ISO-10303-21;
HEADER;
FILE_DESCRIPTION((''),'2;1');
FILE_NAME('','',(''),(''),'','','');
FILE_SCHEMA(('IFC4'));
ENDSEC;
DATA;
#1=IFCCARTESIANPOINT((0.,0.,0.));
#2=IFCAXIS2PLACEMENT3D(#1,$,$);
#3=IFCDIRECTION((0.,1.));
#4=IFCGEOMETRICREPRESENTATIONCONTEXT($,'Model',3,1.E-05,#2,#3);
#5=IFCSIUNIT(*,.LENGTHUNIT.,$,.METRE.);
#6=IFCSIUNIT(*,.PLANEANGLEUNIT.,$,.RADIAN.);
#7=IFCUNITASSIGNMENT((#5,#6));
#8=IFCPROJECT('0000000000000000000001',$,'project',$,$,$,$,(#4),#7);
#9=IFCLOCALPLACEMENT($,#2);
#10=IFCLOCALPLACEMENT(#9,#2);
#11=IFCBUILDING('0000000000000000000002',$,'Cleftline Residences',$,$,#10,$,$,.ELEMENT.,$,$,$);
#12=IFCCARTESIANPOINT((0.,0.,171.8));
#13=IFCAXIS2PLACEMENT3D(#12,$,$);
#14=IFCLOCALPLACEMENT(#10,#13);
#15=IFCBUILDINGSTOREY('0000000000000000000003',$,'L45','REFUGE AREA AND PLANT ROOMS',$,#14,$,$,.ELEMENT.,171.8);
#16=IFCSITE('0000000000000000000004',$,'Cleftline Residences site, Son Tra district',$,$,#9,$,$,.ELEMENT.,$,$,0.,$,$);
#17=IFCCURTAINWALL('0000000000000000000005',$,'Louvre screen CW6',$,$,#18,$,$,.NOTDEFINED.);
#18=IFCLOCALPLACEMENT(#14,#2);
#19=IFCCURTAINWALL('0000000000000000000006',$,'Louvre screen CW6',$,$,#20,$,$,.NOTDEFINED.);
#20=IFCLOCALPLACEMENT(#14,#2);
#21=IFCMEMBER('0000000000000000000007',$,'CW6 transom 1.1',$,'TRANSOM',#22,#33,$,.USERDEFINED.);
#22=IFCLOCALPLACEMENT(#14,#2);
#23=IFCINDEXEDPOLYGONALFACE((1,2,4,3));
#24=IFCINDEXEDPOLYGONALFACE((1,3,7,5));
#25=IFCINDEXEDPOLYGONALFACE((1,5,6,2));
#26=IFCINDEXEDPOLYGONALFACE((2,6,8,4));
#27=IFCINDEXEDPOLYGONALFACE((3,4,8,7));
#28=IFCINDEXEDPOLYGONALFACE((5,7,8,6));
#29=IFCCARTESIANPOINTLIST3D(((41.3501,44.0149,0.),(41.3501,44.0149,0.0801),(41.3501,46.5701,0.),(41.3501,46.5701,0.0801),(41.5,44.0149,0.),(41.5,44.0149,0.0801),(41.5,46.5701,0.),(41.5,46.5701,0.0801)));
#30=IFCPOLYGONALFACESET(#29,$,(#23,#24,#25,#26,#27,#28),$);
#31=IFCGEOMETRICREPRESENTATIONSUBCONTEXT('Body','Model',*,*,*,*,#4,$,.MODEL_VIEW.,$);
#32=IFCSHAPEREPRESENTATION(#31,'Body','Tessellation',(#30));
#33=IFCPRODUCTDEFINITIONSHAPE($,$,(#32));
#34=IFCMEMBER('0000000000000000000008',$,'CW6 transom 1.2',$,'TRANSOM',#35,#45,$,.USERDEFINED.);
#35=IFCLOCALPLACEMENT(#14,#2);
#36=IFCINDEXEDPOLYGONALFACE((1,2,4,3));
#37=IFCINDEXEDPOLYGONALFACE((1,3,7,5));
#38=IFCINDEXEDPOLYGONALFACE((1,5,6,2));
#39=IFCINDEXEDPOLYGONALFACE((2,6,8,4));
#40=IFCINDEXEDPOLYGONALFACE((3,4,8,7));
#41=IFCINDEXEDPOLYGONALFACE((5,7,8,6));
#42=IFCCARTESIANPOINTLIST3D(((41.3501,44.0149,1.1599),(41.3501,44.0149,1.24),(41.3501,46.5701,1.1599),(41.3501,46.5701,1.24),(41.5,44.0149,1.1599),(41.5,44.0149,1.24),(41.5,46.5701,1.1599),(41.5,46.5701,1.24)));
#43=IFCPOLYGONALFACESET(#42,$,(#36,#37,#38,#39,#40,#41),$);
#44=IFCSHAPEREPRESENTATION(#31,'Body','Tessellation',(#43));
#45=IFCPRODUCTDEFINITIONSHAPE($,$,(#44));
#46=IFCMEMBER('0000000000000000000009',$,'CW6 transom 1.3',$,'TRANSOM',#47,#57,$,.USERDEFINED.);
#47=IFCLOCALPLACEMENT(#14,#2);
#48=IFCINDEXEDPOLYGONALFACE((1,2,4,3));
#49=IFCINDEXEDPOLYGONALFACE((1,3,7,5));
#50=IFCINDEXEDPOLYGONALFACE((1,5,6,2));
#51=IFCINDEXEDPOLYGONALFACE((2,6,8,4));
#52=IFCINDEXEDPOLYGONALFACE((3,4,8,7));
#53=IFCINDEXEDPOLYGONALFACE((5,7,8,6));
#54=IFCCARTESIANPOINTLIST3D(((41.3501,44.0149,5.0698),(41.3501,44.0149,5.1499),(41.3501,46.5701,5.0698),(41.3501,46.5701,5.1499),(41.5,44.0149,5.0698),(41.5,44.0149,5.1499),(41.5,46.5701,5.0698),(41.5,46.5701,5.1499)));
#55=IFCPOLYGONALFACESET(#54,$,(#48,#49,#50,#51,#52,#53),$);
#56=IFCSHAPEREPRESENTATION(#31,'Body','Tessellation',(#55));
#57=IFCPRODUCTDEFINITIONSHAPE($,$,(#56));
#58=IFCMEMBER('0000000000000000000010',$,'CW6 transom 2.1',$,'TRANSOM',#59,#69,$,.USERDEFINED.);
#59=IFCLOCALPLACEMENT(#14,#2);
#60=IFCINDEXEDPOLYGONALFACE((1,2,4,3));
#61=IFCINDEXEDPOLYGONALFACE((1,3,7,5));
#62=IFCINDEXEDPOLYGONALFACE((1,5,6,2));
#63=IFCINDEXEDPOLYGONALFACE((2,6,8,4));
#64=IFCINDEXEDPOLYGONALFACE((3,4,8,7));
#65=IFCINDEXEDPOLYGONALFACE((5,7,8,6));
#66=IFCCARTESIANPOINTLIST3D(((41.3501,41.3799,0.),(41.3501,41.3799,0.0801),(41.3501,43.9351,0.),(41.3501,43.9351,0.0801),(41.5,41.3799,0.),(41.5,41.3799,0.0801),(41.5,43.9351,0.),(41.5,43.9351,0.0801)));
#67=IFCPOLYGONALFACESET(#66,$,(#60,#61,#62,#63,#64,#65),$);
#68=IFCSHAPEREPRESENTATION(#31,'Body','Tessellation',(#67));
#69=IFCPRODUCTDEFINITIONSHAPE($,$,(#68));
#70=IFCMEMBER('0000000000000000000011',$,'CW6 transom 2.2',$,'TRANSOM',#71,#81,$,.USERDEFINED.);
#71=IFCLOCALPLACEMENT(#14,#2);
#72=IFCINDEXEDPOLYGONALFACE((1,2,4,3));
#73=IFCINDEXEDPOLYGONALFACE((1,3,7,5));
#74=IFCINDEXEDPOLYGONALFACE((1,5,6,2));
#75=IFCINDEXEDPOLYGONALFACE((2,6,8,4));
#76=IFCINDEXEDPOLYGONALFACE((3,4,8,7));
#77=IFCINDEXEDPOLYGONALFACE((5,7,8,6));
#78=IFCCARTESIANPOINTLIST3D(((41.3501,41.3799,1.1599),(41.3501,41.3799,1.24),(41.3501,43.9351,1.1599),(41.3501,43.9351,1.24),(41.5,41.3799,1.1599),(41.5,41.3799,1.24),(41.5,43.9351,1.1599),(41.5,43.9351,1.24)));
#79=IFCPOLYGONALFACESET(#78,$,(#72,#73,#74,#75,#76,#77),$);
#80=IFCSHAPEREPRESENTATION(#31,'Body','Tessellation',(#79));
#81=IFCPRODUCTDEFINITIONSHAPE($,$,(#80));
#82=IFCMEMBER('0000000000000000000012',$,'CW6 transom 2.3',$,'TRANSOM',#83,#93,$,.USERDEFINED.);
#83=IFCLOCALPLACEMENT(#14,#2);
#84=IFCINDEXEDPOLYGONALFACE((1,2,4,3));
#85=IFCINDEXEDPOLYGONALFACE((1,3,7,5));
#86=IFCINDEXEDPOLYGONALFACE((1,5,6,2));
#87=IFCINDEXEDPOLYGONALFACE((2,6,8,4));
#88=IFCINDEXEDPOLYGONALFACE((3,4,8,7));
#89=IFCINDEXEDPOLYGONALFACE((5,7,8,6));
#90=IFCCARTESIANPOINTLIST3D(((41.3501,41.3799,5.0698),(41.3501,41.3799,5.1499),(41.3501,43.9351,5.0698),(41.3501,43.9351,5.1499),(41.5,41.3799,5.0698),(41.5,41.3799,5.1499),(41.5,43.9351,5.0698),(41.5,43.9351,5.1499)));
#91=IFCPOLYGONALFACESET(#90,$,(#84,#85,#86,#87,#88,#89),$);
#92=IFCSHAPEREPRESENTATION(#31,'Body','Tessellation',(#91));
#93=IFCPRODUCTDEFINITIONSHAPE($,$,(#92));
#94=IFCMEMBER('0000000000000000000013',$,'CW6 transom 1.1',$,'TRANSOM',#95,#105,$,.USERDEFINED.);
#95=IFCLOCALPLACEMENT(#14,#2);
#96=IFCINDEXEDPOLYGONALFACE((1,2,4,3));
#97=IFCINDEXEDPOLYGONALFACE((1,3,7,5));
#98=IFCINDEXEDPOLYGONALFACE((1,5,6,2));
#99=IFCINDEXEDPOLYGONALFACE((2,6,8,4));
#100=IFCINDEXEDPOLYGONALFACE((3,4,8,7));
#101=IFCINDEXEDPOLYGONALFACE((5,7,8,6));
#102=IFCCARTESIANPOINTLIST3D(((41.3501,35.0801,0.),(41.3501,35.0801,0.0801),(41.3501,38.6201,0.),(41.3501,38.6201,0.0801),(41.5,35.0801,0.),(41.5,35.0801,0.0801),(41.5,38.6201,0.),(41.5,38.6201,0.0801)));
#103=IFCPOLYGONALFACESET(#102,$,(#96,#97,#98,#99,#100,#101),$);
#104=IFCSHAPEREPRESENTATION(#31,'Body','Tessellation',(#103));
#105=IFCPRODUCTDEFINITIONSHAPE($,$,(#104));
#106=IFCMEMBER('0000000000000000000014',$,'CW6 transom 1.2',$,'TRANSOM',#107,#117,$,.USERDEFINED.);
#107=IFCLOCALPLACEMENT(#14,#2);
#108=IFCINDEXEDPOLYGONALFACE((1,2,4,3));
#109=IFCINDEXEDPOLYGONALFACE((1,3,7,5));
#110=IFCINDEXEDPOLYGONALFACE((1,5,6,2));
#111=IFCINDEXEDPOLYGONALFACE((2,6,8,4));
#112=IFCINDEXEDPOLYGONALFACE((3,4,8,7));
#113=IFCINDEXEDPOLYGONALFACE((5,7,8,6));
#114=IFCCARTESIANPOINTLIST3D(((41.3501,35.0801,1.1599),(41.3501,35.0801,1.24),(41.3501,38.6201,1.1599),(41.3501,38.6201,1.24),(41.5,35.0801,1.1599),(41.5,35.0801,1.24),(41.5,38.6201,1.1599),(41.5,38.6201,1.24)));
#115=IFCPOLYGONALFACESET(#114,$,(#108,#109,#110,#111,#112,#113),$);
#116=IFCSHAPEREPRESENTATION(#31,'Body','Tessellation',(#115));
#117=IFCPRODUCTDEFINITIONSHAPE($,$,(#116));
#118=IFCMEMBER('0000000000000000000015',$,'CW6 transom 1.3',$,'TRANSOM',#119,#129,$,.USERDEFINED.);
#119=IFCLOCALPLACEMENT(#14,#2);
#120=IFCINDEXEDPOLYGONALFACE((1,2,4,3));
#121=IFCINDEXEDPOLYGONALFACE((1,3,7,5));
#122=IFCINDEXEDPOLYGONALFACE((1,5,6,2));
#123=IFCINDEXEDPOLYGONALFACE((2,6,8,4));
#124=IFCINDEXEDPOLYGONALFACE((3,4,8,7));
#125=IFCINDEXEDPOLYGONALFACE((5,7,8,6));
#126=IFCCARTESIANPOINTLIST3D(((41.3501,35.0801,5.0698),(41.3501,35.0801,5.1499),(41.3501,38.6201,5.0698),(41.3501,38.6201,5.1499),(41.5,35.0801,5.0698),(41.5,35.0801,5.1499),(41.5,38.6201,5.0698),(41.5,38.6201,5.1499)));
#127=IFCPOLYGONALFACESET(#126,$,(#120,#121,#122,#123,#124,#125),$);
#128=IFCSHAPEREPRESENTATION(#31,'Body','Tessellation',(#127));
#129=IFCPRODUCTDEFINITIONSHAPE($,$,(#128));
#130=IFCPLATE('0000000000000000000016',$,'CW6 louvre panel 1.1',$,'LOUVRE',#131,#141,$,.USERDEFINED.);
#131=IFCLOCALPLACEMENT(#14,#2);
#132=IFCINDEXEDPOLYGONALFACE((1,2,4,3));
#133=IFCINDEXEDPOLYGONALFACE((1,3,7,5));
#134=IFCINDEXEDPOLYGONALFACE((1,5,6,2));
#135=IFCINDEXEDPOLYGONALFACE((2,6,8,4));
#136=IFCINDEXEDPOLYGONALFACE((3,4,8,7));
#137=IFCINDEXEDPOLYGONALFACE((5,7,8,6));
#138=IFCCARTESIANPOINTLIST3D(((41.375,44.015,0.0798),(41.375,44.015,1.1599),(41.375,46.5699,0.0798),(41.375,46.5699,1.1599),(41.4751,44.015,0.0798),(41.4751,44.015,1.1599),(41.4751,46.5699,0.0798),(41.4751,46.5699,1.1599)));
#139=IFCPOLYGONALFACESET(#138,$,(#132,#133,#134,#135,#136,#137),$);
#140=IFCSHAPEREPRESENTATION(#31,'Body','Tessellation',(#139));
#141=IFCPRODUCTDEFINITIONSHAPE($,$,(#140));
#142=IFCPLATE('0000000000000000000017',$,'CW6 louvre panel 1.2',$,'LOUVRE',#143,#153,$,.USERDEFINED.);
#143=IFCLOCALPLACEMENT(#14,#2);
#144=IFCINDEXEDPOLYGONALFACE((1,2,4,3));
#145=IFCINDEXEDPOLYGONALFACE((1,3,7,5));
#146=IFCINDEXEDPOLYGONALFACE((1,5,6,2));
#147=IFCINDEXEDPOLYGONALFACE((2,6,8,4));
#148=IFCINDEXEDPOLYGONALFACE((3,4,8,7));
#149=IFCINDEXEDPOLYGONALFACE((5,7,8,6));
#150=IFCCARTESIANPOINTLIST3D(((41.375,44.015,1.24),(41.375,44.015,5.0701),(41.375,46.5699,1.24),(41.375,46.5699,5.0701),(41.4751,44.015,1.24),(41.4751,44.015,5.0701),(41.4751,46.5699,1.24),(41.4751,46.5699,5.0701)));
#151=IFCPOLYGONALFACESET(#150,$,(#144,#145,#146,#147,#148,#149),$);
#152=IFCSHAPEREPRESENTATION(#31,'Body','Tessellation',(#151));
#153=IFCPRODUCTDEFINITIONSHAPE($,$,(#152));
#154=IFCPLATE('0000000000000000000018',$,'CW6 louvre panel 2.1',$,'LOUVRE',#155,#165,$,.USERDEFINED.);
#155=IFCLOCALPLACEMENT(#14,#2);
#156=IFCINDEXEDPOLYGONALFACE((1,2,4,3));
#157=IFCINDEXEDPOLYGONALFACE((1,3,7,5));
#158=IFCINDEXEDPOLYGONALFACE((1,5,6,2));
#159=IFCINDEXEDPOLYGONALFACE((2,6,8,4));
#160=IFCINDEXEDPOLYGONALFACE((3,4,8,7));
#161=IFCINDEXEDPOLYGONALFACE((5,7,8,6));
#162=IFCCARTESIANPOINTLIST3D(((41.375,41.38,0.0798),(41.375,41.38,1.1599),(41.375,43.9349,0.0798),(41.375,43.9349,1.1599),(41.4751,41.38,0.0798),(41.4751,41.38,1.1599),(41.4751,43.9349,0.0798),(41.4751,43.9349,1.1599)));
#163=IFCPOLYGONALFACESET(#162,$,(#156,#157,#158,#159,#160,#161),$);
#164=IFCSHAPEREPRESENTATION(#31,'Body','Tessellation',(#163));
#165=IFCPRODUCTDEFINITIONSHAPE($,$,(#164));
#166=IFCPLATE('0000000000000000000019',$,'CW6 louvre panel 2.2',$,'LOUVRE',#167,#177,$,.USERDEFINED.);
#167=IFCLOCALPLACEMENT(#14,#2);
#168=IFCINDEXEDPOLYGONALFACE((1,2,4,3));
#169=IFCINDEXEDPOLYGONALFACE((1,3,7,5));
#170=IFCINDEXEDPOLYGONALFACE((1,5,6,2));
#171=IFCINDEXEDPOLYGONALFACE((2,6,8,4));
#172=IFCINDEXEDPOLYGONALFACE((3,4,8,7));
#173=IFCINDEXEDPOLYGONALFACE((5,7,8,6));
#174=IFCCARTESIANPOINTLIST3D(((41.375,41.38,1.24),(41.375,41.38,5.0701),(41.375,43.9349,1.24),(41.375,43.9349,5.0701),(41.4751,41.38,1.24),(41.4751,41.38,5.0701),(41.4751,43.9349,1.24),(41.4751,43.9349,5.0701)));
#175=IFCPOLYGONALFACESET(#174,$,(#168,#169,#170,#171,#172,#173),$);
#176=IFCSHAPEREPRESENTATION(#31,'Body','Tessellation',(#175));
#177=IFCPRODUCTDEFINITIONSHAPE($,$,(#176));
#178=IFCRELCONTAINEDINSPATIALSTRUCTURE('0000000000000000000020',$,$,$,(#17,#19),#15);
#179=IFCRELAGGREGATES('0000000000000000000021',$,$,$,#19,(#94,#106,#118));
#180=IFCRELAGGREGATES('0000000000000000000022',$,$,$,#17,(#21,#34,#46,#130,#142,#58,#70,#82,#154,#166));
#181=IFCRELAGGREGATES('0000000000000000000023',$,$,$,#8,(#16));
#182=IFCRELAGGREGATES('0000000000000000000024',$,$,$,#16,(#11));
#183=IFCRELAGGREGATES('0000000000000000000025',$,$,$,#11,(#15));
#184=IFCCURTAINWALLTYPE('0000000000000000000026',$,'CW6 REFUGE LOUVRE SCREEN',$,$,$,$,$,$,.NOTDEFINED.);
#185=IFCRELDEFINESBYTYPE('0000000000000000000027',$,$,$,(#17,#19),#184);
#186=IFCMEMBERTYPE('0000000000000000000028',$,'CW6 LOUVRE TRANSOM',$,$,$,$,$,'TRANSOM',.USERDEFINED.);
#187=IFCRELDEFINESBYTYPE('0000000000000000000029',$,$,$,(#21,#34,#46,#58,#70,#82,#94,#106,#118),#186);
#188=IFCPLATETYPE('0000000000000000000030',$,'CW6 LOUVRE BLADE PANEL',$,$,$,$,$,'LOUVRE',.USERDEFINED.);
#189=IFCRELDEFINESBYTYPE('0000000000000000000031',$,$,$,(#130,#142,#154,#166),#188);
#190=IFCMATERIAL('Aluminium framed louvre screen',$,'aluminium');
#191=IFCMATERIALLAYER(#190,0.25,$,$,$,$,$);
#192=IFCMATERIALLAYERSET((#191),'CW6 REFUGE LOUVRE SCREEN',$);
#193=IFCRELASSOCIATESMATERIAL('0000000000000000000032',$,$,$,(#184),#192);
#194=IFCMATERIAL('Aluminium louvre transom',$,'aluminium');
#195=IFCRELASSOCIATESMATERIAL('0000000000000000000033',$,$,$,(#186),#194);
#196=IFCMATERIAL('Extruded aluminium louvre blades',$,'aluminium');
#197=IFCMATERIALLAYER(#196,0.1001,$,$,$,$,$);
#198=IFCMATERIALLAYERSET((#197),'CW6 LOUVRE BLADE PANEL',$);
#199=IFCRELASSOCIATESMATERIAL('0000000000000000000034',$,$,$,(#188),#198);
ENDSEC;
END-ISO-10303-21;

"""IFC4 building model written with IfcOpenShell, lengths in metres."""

from ifc_helpers import new_model, si_unit, direction, frame, origin, origin_2d, place, context, subcontext, project, spatial, rectangle, extrude, material, layer, layer_set, material_profile, profile_set, type_object, element, aggregate, save


model = new_model("IFC4")

# Units and contexts
model_context = context("Model", 3, precision=1e-05, world=origin(), true_north=direction((0.0, 1.0)))
body_context = subcontext(model_context, "Body", "Model", "MODEL_VIEW")
ifc_project = project(units=[si_unit("LENGTHUNIT", "METRE"), si_unit("PLANEANGLEUNIT", "RADIAN")], contexts=[model_context])

# Site, building, storey
site_placement = place(None, origin())
site = spatial("IfcSite", under=ifc_project, at=site_placement, Name="Cleftline Residences site, Son Tra district", CompositionType="ELEMENT", RefElevation=0.0)
building_placement = place(site_placement, origin())
building = spatial("IfcBuilding", under=site, at=building_placement, Name="Cleftline Residences", CompositionType="ELEMENT")
storey_placement = place(building_placement, frame((0.0, 0.0, 171.8)))
storey = spatial("IfcBuildingStorey", under=building, at=storey_placement, Name="L45", Description="REFUGE AREA AND PLANT ROOMS", CompositionType="ELEMENT", Elevation=171.8)

# Curtain wall
ifc_material_1 = material(Name="Aluminium framed louvre screen", Category="aluminium")
ifc_layer_1 = layer(ifc_material_1, 0.25)
ifc_layer_set_1 = layer_set([ifc_layer_1], Name="CW6 REFUGE LOUVRE SCREEN")
curtain_wall_type = type_object("IfcCurtainWallType", Name="CW6 REFUGE LOUVRE SCREEN", PredefinedType="NOTDEFINED", material=ifc_layer_set_1)
curtain_wall_1_placement = place(storey_placement, origin())
curtain_wall_1 = element("IfcCurtainWall", 1, at=curtain_wall_1_placement, inside=storey, type_object=curtain_wall_type, Name="Louvre screen CW6", PredefinedType="NOTDEFINED")

# Curtain wall
curtain_wall_2_placement = place(storey_placement, origin())
curtain_wall_2 = element("IfcCurtainWall", 2, at=curtain_wall_2_placement, inside=storey, type_object=curtain_wall_type, Name="Louvre screen CW6", PredefinedType="NOTDEFINED")

# Members
ifc_material_2 = material(Name="Aluminium louvre transom", Category="aluminium")
ifc_material_profile_1 = material_profile(ifc_material_2, rectangle(XDim=0.1499, YDim=0.0801, at=origin_2d()))
ifc_profile_set_1 = profile_set([ifc_material_profile_1], Name="Aluminium louvre transom")
member_type_1 = type_object("IfcMemberType", Name="CW6 LOUVRE TRANSOM", ElementType="TRANSOM", PredefinedType="USERDEFINED", material=ifc_profile_set_1)
member_1_placement = place(storey_placement, frame((41.425, 46.5701, 0.04), z_axis=(0.0, -1.0, 0.0), x_axis=(1.0, 0.0, 0.0)))
member_1 = element("IfcMember", 3, at=member_1_placement, type_object=member_type_1, Name="CW6 transom 1.1", ObjectType="TRANSOM", PredefinedType="USERDEFINED", context=body_context, shape_type="SweptSolid", body=[
    extrude(rectangle(XDim=0.1499, YDim=0.0801, at=origin_2d()), origin(), (0.0, 0.0, 1.0), 2.5552),
])
member_2_placement = place(storey_placement, frame((41.425, 46.5701, 1.2), z_axis=(0.0, -1.0, 0.0), x_axis=(1.0, 0.0, 0.0)))
member_2 = element("IfcMember", 4, at=member_2_placement, type_object=member_type_1, Name="CW6 transom 1.2", ObjectType="TRANSOM", PredefinedType="USERDEFINED", context=body_context, shape_type="SweptSolid", body=[
    extrude(rectangle(XDim=0.1499, YDim=0.0801, at=origin_2d()), origin(), (0.0, 0.0, 1.0), 2.5552),
])
member_3_placement = place(storey_placement, frame((41.425, 46.5701, 5.1099), z_axis=(0.0, -1.0, 0.0), x_axis=(1.0, 0.0, 0.0)))
member_3 = element("IfcMember", 5, at=member_3_placement, type_object=member_type_1, Name="CW6 transom 1.3", ObjectType="TRANSOM", PredefinedType="USERDEFINED", context=body_context, shape_type="SweptSolid", body=[
    extrude(rectangle(XDim=0.1499, YDim=0.0801, at=origin_2d()), origin(), (0.0, 0.0, 1.0), 2.5552),
])
member_4_placement = place(storey_placement, frame((41.425, 43.9351, 0.04), z_axis=(0.0, -1.0, 0.0), x_axis=(1.0, 0.0, 0.0)))
member_4 = element("IfcMember", 6, at=member_4_placement, type_object=member_type_1, Name="CW6 transom 2.1", ObjectType="TRANSOM", PredefinedType="USERDEFINED", context=body_context, shape_type="SweptSolid", body=[
    extrude(rectangle(XDim=0.1499, YDim=0.0801, at=origin_2d()), origin(), (0.0, 0.0, 1.0), 2.5552),
])
member_5_placement = place(storey_placement, frame((41.425, 43.9351, 1.2), z_axis=(0.0, -1.0, 0.0), x_axis=(1.0, 0.0, 0.0)))
member_5 = element("IfcMember", 7, at=member_5_placement, type_object=member_type_1, Name="CW6 transom 2.2", ObjectType="TRANSOM", PredefinedType="USERDEFINED", context=body_context, shape_type="SweptSolid", body=[
    extrude(rectangle(XDim=0.1499, YDim=0.0801, at=origin_2d()), origin(), (0.0, 0.0, 1.0), 2.5552),
])
member_6_placement = place(storey_placement, frame((41.425, 43.9351, 5.1099), z_axis=(0.0, -1.0, 0.0), x_axis=(1.0, 0.0, 0.0)))
member_6 = element("IfcMember", 8, at=member_6_placement, type_object=member_type_1, Name="CW6 transom 2.3", ObjectType="TRANSOM", PredefinedType="USERDEFINED", context=body_context, shape_type="SweptSolid", body=[
    extrude(rectangle(XDim=0.1499, YDim=0.0801, at=origin_2d()), origin(), (0.0, 0.0, 1.0), 2.5552),
])
member_7_placement = place(storey_placement, frame((41.425, 38.6201, 0.04), z_axis=(0.0, -1.0, 0.0), x_axis=(1.0, 0.0, 0.0)))
member_7 = element("IfcMember", 9, at=member_7_placement, type_object=member_type_1, Name="CW6 transom 1.1", ObjectType="TRANSOM", PredefinedType="USERDEFINED", context=body_context, shape_type="SweptSolid", body=[
    extrude(rectangle(XDim=0.1499, YDim=0.0801, at=origin_2d()), origin(), (0.0, 0.0, 1.0), 3.54),
])
member_8_placement = place(storey_placement, frame((41.425, 38.6201, 1.2), z_axis=(0.0, -1.0, 0.0), x_axis=(1.0, 0.0, 0.0)))
member_8 = element("IfcMember", 10, at=member_8_placement, type_object=member_type_1, Name="CW6 transom 1.2", ObjectType="TRANSOM", PredefinedType="USERDEFINED", context=body_context, shape_type="SweptSolid", body=[
    extrude(rectangle(XDim=0.1499, YDim=0.0801, at=origin_2d()), origin(), (0.0, 0.0, 1.0), 3.54),
])
member_9_placement = place(storey_placement, frame((41.425, 38.6201, 5.1099), z_axis=(0.0, -1.0, 0.0), x_axis=(1.0, 0.0, 0.0)))
member_9 = element("IfcMember", 11, at=member_9_placement, type_object=member_type_1, Name="CW6 transom 1.3", ObjectType="TRANSOM", PredefinedType="USERDEFINED", context=body_context, shape_type="SweptSolid", body=[
    extrude(rectangle(XDim=0.1499, YDim=0.0801, at=origin_2d()), origin(), (0.0, 0.0, 1.0), 3.54),
])
aggregate(curtain_wall_2, [member_7, member_8, member_9])

# Plates
ifc_material_3 = material(Name="Extruded aluminium louvre blades", Category="aluminium")
ifc_layer_2 = layer(ifc_material_3, 0.1001)
ifc_layer_set_2 = layer_set([ifc_layer_2], Name="CW6 LOUVRE BLADE PANEL")
plate_type = type_object("IfcPlateType", Name="CW6 LOUVRE BLADE PANEL", ElementType="LOUVRE", PredefinedType="USERDEFINED", material=ifc_layer_set_2)
plate_1_placement = place(storey_placement, frame((41.425, 45.2925, 0.0798), z_axis=(0.0, 0.0, 1.0), x_axis=(0.0, -1.0, 0.0)))
plate_1 = element("IfcPlate", 12, at=plate_1_placement, type_object=plate_type, Name="CW6 louvre panel 1.1", ObjectType="LOUVRE", PredefinedType="USERDEFINED", context=body_context, shape_type="SweptSolid", body=[
    extrude(rectangle(XDim=2.5549, YDim=0.1001, at=origin_2d()), origin(), (0.0, 0.0, 1.0), 1.0801),
])
plate_2_placement = place(storey_placement, frame((41.425, 45.2925, 1.24), z_axis=(0.0, 0.0, 1.0), x_axis=(0.0, -1.0, 0.0)))
plate_2 = element("IfcPlate", 13, at=plate_2_placement, type_object=plate_type, Name="CW6 louvre panel 1.2", ObjectType="LOUVRE", PredefinedType="USERDEFINED", context=body_context, shape_type="SweptSolid", body=[
    extrude(rectangle(XDim=2.5549, YDim=0.1001, at=origin_2d()), origin(), (0.0, 0.0, 1.0), 3.8301),
])
plate_3_placement = place(storey_placement, frame((41.425, 42.6575, 0.0798), z_axis=(0.0, 0.0, 1.0), x_axis=(0.0, -1.0, 0.0)))
plate_3 = element("IfcPlate", 14, at=plate_3_placement, type_object=plate_type, Name="CW6 louvre panel 2.1", ObjectType="LOUVRE", PredefinedType="USERDEFINED", context=body_context, shape_type="SweptSolid", body=[
    extrude(rectangle(XDim=2.5549, YDim=0.1001, at=origin_2d()), origin(), (0.0, 0.0, 1.0), 1.0801),
])
plate_4_placement = place(storey_placement, frame((41.425, 42.6575, 1.24), z_axis=(0.0, 0.0, 1.0), x_axis=(0.0, -1.0, 0.0)))
plate_4 = element("IfcPlate", 15, at=plate_4_placement, type_object=plate_type, Name="CW6 louvre panel 2.2", ObjectType="LOUVRE", PredefinedType="USERDEFINED", context=body_context, shape_type="SweptSolid", body=[
    extrude(rectangle(XDim=2.5549, YDim=0.1001, at=origin_2d()), origin(), (0.0, 0.0, 1.0), 3.8301),
])
aggregate(curtain_wall_1, [member_1, member_2, member_3, plate_1, plate_2, member_4, member_5, member_6, plate_3, plate_4])

save(model, "model.ifc")
